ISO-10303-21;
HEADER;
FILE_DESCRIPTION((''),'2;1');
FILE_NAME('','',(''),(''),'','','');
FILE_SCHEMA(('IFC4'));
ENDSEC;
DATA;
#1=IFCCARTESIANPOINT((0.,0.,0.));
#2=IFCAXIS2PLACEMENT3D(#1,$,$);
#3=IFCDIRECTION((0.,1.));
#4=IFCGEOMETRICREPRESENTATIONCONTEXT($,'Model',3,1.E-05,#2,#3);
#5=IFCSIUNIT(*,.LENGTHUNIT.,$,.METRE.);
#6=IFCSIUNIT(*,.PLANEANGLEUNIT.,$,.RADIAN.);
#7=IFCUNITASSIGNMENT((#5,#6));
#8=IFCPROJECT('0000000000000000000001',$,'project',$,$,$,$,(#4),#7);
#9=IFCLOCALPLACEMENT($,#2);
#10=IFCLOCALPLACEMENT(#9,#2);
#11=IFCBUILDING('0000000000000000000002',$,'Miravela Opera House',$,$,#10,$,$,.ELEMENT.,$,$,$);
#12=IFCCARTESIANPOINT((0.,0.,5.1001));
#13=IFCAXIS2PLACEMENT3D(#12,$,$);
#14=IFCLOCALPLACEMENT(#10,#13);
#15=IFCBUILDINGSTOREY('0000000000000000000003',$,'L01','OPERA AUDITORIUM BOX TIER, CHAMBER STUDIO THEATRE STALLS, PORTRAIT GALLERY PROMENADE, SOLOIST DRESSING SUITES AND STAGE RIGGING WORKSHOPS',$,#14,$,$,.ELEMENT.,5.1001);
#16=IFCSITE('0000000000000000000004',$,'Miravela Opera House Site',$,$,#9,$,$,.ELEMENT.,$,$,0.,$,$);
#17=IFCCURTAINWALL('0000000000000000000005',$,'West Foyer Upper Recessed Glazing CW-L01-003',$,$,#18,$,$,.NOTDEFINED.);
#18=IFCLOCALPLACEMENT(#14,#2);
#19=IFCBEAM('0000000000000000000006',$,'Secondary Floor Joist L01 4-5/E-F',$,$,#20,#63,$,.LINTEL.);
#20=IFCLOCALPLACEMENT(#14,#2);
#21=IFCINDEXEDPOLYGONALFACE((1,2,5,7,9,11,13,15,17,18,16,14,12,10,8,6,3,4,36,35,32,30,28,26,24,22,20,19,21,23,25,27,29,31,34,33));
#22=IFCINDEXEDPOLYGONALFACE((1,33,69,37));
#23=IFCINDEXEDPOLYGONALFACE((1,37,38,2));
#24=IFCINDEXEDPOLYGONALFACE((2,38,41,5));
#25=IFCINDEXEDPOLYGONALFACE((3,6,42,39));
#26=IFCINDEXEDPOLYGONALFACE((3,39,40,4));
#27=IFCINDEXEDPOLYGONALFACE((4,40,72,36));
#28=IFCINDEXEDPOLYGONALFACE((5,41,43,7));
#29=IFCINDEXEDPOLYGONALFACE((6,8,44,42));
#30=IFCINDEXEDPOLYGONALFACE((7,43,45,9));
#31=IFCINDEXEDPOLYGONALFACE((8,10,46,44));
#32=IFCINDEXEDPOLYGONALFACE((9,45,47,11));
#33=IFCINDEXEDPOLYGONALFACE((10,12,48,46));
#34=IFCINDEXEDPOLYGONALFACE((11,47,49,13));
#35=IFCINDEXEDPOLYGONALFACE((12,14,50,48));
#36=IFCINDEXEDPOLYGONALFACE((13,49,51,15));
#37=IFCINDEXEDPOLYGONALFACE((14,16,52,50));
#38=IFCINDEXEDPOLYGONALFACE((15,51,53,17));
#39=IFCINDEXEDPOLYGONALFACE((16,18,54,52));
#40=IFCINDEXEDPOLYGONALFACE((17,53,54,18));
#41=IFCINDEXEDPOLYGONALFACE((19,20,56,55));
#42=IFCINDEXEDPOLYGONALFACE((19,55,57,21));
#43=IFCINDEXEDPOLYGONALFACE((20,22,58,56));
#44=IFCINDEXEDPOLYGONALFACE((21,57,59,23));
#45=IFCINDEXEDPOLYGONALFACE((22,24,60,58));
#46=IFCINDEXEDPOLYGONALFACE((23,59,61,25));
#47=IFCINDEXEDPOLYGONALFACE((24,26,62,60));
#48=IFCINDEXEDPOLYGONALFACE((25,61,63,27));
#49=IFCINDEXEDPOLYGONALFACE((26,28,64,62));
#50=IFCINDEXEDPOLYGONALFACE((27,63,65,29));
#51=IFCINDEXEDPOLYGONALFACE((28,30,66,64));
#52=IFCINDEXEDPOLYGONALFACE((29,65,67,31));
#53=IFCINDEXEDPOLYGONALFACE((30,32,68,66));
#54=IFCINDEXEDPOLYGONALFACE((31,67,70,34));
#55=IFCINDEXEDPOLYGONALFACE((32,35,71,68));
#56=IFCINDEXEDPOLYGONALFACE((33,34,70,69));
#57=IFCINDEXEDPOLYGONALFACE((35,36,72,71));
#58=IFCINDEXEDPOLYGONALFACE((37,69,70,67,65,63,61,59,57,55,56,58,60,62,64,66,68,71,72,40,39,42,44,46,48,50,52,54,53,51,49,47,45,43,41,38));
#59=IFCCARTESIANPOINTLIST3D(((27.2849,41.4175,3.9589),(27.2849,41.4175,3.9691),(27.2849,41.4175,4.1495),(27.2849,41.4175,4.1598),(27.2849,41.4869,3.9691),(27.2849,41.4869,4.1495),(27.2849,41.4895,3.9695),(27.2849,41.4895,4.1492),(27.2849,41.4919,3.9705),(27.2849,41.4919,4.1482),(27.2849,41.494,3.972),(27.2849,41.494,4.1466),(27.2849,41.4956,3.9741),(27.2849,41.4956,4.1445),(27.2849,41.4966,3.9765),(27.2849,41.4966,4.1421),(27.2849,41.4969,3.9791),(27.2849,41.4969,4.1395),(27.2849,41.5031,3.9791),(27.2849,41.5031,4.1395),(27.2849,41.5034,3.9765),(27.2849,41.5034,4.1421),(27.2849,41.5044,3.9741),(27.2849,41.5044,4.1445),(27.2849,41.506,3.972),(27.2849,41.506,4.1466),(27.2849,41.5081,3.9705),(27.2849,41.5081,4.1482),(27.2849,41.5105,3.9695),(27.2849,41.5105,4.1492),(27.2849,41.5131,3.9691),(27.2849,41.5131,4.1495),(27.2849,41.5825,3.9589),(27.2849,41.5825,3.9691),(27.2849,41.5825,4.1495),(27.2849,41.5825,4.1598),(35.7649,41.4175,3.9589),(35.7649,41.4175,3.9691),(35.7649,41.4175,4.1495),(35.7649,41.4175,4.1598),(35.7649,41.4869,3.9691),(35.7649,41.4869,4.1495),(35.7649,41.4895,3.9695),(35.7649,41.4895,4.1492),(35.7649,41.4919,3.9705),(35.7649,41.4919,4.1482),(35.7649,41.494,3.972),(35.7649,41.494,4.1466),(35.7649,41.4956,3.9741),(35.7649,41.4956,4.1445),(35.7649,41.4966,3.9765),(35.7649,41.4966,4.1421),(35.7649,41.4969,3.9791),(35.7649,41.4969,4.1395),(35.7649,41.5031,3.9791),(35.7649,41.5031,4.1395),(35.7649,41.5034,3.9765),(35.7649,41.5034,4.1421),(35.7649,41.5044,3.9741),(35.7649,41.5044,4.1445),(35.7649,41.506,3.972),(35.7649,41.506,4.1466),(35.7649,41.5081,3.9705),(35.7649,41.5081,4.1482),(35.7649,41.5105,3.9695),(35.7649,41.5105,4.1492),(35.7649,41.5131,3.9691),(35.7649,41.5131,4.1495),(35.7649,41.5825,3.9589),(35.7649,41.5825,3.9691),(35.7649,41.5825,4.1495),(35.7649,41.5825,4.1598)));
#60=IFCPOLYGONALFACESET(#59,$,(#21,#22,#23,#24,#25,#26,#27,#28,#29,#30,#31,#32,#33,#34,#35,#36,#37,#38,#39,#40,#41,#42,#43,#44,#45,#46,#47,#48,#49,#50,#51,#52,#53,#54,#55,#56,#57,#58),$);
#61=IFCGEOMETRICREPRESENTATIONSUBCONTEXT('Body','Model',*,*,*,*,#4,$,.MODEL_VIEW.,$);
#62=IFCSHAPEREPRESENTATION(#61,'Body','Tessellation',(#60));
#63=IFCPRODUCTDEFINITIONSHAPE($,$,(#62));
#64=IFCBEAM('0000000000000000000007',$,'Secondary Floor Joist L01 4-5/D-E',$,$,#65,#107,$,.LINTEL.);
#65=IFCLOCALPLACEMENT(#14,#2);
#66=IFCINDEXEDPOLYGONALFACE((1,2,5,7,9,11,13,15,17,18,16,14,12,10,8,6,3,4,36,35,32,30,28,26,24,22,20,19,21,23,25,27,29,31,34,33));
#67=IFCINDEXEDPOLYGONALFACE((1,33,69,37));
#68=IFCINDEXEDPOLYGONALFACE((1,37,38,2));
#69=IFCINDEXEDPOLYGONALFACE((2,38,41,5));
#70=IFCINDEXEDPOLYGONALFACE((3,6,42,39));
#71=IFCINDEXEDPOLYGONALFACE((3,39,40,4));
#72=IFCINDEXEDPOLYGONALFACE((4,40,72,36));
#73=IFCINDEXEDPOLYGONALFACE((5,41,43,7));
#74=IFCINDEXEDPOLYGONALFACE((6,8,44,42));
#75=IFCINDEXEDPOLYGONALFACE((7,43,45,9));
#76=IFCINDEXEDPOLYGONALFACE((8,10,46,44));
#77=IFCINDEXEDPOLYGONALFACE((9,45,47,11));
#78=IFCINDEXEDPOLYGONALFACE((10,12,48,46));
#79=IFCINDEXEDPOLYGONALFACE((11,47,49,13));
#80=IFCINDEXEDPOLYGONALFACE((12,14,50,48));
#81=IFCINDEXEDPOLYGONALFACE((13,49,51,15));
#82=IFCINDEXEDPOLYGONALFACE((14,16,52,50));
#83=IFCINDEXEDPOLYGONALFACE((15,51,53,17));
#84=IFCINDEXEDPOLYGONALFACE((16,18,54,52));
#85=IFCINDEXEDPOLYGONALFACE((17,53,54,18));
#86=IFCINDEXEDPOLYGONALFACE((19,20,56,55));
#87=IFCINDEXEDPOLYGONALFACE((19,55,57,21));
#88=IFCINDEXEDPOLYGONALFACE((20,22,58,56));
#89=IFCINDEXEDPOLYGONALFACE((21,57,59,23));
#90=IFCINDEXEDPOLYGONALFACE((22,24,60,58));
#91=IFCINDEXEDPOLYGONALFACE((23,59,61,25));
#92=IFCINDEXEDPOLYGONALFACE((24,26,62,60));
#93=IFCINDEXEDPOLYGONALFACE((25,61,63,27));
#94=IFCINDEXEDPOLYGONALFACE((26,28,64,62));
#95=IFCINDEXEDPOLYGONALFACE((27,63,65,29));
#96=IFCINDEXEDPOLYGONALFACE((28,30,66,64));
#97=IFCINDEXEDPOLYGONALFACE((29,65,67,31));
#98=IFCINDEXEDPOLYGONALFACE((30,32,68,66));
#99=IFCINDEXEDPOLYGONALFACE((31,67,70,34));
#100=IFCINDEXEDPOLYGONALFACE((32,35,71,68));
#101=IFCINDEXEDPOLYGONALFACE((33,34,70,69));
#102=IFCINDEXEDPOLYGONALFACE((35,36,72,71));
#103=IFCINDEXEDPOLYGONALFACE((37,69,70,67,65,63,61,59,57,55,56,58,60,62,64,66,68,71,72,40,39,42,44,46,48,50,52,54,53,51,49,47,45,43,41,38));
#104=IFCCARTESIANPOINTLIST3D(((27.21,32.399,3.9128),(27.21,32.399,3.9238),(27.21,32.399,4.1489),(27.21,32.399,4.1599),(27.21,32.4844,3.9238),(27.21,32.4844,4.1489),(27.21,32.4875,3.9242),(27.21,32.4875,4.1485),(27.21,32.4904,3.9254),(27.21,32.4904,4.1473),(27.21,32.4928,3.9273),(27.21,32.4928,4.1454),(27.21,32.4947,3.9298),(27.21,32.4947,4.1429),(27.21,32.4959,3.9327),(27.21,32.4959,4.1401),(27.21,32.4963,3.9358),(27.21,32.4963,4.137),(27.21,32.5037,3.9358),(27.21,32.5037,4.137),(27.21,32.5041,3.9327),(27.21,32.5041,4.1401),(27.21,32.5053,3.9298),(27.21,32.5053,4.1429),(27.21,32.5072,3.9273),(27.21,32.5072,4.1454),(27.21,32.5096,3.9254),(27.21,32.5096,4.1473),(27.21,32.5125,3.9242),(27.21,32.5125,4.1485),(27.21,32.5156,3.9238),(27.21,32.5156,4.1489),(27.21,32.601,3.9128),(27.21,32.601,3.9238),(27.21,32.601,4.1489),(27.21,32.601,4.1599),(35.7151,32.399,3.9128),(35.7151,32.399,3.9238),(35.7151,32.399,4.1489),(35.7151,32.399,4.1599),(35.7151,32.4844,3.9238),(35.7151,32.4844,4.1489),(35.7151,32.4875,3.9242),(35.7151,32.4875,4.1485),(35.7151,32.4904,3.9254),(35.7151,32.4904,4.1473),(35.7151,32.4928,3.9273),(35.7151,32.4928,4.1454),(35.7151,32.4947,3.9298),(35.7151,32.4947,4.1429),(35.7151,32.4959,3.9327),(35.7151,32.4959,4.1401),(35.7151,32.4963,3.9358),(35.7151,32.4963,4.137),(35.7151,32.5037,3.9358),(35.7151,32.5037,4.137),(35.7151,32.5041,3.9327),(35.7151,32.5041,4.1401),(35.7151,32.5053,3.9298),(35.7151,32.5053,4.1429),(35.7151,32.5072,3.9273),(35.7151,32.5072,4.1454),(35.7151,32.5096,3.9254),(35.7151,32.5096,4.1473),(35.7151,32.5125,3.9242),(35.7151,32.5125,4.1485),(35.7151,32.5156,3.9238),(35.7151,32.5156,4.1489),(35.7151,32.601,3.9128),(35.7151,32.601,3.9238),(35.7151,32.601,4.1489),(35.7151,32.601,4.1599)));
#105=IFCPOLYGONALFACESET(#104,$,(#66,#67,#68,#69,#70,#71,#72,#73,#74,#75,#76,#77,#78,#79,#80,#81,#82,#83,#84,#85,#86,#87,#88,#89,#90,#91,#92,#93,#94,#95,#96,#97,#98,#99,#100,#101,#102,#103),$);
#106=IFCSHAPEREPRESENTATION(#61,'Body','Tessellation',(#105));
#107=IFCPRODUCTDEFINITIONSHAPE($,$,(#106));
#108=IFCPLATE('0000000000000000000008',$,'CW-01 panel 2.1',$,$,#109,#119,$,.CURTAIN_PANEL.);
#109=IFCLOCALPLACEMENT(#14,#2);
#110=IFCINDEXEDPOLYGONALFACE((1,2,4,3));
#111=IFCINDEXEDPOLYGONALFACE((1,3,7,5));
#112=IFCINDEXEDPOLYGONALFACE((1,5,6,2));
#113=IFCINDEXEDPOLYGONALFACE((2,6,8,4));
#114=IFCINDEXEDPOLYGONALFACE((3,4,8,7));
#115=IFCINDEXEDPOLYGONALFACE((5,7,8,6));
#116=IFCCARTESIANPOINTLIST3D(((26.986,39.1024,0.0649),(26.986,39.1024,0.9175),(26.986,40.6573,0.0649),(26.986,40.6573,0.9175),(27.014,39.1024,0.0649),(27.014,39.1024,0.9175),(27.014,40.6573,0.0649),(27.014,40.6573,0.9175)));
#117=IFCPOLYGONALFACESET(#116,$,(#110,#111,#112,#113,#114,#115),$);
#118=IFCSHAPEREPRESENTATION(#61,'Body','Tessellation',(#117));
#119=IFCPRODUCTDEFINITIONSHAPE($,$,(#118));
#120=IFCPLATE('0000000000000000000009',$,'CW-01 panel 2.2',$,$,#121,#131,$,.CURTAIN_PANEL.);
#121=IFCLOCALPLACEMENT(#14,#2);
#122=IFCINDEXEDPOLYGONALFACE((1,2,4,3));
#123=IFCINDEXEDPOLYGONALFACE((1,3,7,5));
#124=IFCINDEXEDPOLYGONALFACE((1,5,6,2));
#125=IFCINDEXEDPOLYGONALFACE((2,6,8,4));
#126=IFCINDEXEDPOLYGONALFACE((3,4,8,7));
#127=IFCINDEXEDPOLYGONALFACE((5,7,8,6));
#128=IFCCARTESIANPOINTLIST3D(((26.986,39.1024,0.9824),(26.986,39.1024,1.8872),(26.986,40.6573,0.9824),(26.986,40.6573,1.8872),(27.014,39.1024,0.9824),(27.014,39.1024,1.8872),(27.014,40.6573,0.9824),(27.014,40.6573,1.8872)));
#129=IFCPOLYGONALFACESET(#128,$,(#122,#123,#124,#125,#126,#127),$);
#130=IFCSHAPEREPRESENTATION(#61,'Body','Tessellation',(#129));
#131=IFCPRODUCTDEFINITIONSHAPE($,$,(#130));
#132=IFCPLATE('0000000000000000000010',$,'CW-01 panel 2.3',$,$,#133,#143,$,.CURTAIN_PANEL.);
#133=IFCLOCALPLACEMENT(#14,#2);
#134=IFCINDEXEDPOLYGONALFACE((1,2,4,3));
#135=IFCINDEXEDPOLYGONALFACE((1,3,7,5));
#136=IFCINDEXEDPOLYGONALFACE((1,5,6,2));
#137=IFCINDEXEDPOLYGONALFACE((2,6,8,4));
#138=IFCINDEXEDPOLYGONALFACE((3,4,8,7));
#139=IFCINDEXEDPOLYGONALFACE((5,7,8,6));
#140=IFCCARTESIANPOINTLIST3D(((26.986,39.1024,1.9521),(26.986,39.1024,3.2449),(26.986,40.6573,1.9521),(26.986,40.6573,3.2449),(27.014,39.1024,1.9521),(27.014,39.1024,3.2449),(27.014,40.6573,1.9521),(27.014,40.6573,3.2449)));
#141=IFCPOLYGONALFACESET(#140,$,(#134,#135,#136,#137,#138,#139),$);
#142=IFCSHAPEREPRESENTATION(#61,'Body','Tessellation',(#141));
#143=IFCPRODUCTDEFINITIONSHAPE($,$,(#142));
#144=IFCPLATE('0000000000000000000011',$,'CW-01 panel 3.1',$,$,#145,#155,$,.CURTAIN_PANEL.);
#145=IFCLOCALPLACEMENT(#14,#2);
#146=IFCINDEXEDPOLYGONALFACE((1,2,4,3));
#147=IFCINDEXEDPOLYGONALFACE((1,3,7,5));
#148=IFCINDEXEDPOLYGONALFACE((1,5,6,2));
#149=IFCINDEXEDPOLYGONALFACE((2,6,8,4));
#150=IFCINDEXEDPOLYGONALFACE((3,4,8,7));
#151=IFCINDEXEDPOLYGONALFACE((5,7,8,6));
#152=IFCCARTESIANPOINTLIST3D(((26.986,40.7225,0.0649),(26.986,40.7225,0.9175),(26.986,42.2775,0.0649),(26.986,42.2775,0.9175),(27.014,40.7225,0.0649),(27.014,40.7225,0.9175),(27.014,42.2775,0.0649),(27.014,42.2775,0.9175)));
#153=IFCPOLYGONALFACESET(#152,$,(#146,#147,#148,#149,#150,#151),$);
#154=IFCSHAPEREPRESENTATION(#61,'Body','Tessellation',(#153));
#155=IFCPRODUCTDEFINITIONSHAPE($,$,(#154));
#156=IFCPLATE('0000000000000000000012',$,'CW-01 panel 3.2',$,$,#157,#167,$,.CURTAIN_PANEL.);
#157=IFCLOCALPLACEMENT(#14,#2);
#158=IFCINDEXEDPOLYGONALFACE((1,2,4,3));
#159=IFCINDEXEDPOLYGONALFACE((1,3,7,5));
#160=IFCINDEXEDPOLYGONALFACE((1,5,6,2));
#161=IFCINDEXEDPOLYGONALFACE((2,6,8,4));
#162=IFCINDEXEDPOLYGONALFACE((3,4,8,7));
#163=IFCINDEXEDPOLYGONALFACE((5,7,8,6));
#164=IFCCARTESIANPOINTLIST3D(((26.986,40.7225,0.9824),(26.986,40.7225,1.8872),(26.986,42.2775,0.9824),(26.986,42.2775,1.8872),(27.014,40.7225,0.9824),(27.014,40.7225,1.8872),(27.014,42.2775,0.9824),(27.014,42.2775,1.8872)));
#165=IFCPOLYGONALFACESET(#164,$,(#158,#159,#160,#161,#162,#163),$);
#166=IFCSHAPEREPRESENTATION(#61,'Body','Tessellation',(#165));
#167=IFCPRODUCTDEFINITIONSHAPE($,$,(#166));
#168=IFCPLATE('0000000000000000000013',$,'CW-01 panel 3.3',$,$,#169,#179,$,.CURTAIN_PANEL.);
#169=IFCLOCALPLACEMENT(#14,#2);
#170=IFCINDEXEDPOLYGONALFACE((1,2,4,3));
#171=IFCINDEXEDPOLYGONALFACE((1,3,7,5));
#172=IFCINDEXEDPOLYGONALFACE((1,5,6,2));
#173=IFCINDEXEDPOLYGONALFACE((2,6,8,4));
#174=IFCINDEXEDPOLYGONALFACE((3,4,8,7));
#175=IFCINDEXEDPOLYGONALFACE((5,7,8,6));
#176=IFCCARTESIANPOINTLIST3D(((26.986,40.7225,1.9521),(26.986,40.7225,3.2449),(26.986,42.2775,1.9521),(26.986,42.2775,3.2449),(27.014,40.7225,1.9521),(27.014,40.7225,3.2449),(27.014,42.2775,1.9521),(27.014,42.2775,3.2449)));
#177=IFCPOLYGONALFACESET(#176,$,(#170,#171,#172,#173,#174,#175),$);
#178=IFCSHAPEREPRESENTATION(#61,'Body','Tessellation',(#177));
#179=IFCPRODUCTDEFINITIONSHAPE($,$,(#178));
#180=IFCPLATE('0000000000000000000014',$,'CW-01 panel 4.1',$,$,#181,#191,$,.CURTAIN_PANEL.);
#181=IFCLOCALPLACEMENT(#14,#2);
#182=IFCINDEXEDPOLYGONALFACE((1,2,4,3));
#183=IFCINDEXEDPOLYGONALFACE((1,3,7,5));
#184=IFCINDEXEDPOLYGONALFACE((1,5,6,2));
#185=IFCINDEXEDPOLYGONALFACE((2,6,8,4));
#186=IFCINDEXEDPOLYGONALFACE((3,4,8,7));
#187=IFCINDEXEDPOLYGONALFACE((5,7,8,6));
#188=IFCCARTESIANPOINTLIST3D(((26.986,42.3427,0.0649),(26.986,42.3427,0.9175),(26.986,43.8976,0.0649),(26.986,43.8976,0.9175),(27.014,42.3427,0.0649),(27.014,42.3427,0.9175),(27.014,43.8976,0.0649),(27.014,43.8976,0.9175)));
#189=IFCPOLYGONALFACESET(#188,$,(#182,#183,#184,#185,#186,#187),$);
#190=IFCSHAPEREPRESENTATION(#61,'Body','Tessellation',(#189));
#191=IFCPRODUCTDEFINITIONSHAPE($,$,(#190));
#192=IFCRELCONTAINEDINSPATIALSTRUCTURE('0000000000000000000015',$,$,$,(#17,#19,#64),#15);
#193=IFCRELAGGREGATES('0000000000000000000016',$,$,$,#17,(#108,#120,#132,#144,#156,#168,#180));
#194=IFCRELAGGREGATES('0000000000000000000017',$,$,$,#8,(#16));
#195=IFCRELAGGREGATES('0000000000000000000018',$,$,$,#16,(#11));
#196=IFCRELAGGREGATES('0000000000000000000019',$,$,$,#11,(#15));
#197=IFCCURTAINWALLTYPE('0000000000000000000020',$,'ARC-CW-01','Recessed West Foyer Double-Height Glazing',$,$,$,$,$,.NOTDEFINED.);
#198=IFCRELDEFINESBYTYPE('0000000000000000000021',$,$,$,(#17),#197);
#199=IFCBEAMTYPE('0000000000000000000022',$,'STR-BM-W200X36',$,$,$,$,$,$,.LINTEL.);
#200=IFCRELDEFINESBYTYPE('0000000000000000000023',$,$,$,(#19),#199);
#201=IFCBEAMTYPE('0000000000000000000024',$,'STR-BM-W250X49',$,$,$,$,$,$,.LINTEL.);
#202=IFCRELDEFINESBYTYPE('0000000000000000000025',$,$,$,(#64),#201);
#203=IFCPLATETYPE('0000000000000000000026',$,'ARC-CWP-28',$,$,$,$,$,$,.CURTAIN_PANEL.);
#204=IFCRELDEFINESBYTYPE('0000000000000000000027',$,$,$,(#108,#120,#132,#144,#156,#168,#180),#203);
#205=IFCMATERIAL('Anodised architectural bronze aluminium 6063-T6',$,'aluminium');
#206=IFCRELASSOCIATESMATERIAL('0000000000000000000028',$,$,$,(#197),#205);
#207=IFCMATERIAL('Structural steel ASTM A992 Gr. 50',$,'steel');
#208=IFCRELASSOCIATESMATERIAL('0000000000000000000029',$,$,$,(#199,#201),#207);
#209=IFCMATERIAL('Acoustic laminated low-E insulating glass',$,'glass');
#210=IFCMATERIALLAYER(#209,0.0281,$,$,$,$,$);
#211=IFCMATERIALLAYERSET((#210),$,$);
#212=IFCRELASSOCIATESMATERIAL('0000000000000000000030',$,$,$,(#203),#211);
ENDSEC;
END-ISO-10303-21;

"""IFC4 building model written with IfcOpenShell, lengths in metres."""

from ifc_helpers import new_model, si_unit, direction, frame, origin, origin_2d, place, context, subcontext, project, spatial, rectangle, i_section, extrude, material, layer, layer_set, material_profile, profile_set, type_object, element, aggregate, save


model = new_model("IFC4")

# Units and contexts
model_context = context("Model", 3, precision=1e-05, world=origin(), true_north=direction((0.0, 1.0)))
body_context = subcontext(model_context, "Body", "Model", "MODEL_VIEW")
ifc_project = project(units=[si_unit("LENGTHUNIT", "METRE"), si_unit("PLANEANGLEUNIT", "RADIAN")], contexts=[model_context])

# Site, building, storey
site_placement = place(None, origin())
site = spatial("IfcSite", under=ifc_project, at=site_placement, Name="Miravela Opera House Site", CompositionType="ELEMENT", RefElevation=0.0)
building_placement = place(site_placement, origin())
building = spatial("IfcBuilding", under=site, at=building_placement, Name="Miravela Opera House", CompositionType="ELEMENT")
storey_placement = place(building_placement, frame((0.0, 0.0, 5.1001)))
storey = spatial("IfcBuildingStorey", under=building, at=storey_placement, Name="L01", Description="OPERA AUDITORIUM BOX TIER, CHAMBER STUDIO THEATRE STALLS, PORTRAIT GALLERY PROMENADE, SOLOIST DRESSING SUITES AND STAGE RIGGING WORKSHOPS", CompositionType="ELEMENT", Elevation=5.1001)

# Shared definitions
ifc_material_1 = material(Name="Anodised architectural bronze aluminium 6063-T6", Category="aluminium")

# Curtain wall
curtain_wall_type_1 = type_object("IfcCurtainWallType", Name="ARC-CW-01", Description="Recessed West Foyer Double-Height Glazing", PredefinedType="NOTDEFINED", material=ifc_material_1)
curtain_wall_1_placement = place(storey_placement, origin())
curtain_wall_1 = element("IfcCurtainWall", 1, at=curtain_wall_1_placement, inside=storey, type_object=curtain_wall_type_1, Name="West Foyer Upper Recessed Glazing CW-L01-003", PredefinedType="NOTDEFINED")

# Beams
ifc_material_2 = material(Name="Structural steel ASTM A992 Gr. 50", Category="steel")
ifc_material_profile_1 = material_profile(ifc_material_2, i_section(OverallWidth=0.165, OverallDepth=0.2009, WebThickness=0.0061, FlangeThickness=0.0103, FilletRadius=0.01, at=origin_2d()), Name="W200X36")
ifc_profile_set_1 = profile_set([ifc_material_profile_1])
beam_type_1 = type_object("IfcBeamType", Name="STR-BM-W200X36", PredefinedType="LINTEL", material=ifc_profile_set_1)
beam_1_placement = place(storey_placement, frame((27.2849, 41.5, 4.0593), z_axis=(1.0, 0.0, 0.0), x_axis=(0.0, 1.0, 0.0)))
element("IfcBeam", 2, at=beam_1_placement, inside=storey, type_object=beam_type_1, Name="Secondary Floor Joist L01 4-5/E-F", PredefinedType="LINTEL", context=body_context, shape_type="SweptSolid", body=[
    extrude(i_section(OverallWidth=0.165, OverallDepth=0.2009, WebThickness=0.0061, FlangeThickness=0.0103, FilletRadius=0.01, at=origin_2d()), origin(), (0.0, 0.0, 1.0), 8.48),
])
ifc_material_profile_2 = material_profile(ifc_material_2, i_section(OverallWidth=0.2019, OverallDepth=0.2471, WebThickness=0.0073, FlangeThickness=0.011, FilletRadius=0.012, at=origin_2d()), Name="W250X49")
ifc_profile_set_2 = profile_set([ifc_material_profile_2])
beam_type_2 = type_object("IfcBeamType", Name="STR-BM-W250X49", PredefinedType="LINTEL", material=ifc_profile_set_2)
beam_2_placement = place(storey_placement, frame((27.21, 32.5, 4.0364), z_axis=(1.0, 0.0, 0.0), x_axis=(0.0, 1.0, 0.0)))
element("IfcBeam", 3, at=beam_2_placement, inside=storey, type_object=beam_type_2, Name="Secondary Floor Joist L01 4-5/D-E", PredefinedType="LINTEL", context=body_context, shape_type="SweptSolid", body=[
    extrude(i_section(OverallWidth=0.2019, OverallDepth=0.2471, WebThickness=0.0073, FlangeThickness=0.011, FilletRadius=0.012, at=origin_2d()), origin(), (0.0, 0.0, 1.0), 8.5051),
])

# Plates
ifc_material_3 = material(Name="Acoustic laminated low-E insulating glass", Category="glass")
ifc_layer = layer(ifc_material_3, 0.0281)
ifc_layer_set = layer_set([ifc_layer])
plate_type = type_object("IfcPlateType", Name="ARC-CWP-28", PredefinedType="CURTAIN_PANEL", material=ifc_layer_set)
plate_1_placement = place(storey_placement, frame((27.0, 39.8799, 0.0649), z_axis=(0.0, 0.0, 1.0), x_axis=(0.0, 1.0, 0.0)))
plate_1 = element("IfcPlate", 4, at=plate_1_placement, type_object=plate_type, Name="CW-01 panel 2.1", PredefinedType="CURTAIN_PANEL", context=body_context, shape_type="SweptSolid", body=[
    extrude(rectangle(XDim=1.5549, YDim=0.0281, at=origin_2d()), origin(), (0.0, 0.0, 1.0), 0.8525),
])
plate_2_placement = place(storey_placement, frame((27.0, 39.8799, 0.9824), z_axis=(0.0, 0.0, 1.0), x_axis=(0.0, 1.0, 0.0)))
plate_2 = element("IfcPlate", 5, at=plate_2_placement, type_object=plate_type, Name="CW-01 panel 2.2", PredefinedType="CURTAIN_PANEL", context=body_context, shape_type="SweptSolid", body=[
    extrude(rectangle(XDim=1.5549, YDim=0.0281, at=origin_2d()), origin(), (0.0, 0.0, 1.0), 0.9048),
])
plate_3_placement = place(storey_placement, frame((27.0, 39.8799, 1.9521), z_axis=(0.0, 0.0, 1.0), x_axis=(0.0, 1.0, 0.0)))
plate_3 = element("IfcPlate", 6, at=plate_3_placement, type_object=plate_type, Name="CW-01 panel 2.3", PredefinedType="CURTAIN_PANEL", context=body_context, shape_type="SweptSolid", body=[
    extrude(rectangle(XDim=1.5549, YDim=0.0281, at=origin_2d()), origin(), (0.0, 0.0, 1.0), 1.2927),
])
plate_4_placement = place(storey_placement, frame((27.0, 41.5, 0.0649), z_axis=(0.0, 0.0, 1.0), x_axis=(0.0, 1.0, 0.0)))
plate_4 = element("IfcPlate", 7, at=plate_4_placement, type_object=plate_type, Name="CW-01 panel 3.1", PredefinedType="CURTAIN_PANEL", context=body_context, shape_type="SweptSolid", body=[
    extrude(rectangle(XDim=1.5549, YDim=0.0281, at=origin_2d()), origin(), (0.0, 0.0, 1.0), 0.8525),
])
plate_5_placement = place(storey_placement, frame((27.0, 41.5, 0.9824), z_axis=(0.0, 0.0, 1.0), x_axis=(0.0, 1.0, 0.0)))
plate_5 = element("IfcPlate", 8, at=plate_5_placement, type_object=plate_type, Name="CW-01 panel 3.2", PredefinedType="CURTAIN_PANEL", context=body_context, shape_type="SweptSolid", body=[
    extrude(rectangle(XDim=1.5549, YDim=0.0281, at=origin_2d()), origin(), (0.0, 0.0, 1.0), 0.9048),
])
plate_6_placement = place(storey_placement, frame((27.0, 41.5, 1.9521), z_axis=(0.0, 0.0, 1.0), x_axis=(0.0, 1.0, 0.0)))
plate_6 = element("IfcPlate", 9, at=plate_6_placement, type_object=plate_type, Name="CW-01 panel 3.3", PredefinedType="CURTAIN_PANEL", context=body_context, shape_type="SweptSolid", body=[
    extrude(rectangle(XDim=1.5549, YDim=0.0281, at=origin_2d()), origin(), (0.0, 0.0, 1.0), 1.2927),
])
plate_7_placement = place(storey_placement, frame((27.0, 43.1201, 0.0649), z_axis=(0.0, 0.0, 1.0), x_axis=(0.0, 1.0, 0.0)))
plate_7 = element("IfcPlate", 10, at=plate_7_placement, type_object=plate_type, Name="CW-01 panel 4.1", PredefinedType="CURTAIN_PANEL", context=body_context, shape_type="SweptSolid", body=[
    extrude(rectangle(XDim=1.5549, YDim=0.0281, at=origin_2d()), origin(), (0.0, 0.0, 1.0), 0.8525),
])
aggregate(curtain_wall_1, [plate_1, plate_2, plate_3, plate_4, plate_5, plate_6, plate_7])

save(model, "model.ifc")
